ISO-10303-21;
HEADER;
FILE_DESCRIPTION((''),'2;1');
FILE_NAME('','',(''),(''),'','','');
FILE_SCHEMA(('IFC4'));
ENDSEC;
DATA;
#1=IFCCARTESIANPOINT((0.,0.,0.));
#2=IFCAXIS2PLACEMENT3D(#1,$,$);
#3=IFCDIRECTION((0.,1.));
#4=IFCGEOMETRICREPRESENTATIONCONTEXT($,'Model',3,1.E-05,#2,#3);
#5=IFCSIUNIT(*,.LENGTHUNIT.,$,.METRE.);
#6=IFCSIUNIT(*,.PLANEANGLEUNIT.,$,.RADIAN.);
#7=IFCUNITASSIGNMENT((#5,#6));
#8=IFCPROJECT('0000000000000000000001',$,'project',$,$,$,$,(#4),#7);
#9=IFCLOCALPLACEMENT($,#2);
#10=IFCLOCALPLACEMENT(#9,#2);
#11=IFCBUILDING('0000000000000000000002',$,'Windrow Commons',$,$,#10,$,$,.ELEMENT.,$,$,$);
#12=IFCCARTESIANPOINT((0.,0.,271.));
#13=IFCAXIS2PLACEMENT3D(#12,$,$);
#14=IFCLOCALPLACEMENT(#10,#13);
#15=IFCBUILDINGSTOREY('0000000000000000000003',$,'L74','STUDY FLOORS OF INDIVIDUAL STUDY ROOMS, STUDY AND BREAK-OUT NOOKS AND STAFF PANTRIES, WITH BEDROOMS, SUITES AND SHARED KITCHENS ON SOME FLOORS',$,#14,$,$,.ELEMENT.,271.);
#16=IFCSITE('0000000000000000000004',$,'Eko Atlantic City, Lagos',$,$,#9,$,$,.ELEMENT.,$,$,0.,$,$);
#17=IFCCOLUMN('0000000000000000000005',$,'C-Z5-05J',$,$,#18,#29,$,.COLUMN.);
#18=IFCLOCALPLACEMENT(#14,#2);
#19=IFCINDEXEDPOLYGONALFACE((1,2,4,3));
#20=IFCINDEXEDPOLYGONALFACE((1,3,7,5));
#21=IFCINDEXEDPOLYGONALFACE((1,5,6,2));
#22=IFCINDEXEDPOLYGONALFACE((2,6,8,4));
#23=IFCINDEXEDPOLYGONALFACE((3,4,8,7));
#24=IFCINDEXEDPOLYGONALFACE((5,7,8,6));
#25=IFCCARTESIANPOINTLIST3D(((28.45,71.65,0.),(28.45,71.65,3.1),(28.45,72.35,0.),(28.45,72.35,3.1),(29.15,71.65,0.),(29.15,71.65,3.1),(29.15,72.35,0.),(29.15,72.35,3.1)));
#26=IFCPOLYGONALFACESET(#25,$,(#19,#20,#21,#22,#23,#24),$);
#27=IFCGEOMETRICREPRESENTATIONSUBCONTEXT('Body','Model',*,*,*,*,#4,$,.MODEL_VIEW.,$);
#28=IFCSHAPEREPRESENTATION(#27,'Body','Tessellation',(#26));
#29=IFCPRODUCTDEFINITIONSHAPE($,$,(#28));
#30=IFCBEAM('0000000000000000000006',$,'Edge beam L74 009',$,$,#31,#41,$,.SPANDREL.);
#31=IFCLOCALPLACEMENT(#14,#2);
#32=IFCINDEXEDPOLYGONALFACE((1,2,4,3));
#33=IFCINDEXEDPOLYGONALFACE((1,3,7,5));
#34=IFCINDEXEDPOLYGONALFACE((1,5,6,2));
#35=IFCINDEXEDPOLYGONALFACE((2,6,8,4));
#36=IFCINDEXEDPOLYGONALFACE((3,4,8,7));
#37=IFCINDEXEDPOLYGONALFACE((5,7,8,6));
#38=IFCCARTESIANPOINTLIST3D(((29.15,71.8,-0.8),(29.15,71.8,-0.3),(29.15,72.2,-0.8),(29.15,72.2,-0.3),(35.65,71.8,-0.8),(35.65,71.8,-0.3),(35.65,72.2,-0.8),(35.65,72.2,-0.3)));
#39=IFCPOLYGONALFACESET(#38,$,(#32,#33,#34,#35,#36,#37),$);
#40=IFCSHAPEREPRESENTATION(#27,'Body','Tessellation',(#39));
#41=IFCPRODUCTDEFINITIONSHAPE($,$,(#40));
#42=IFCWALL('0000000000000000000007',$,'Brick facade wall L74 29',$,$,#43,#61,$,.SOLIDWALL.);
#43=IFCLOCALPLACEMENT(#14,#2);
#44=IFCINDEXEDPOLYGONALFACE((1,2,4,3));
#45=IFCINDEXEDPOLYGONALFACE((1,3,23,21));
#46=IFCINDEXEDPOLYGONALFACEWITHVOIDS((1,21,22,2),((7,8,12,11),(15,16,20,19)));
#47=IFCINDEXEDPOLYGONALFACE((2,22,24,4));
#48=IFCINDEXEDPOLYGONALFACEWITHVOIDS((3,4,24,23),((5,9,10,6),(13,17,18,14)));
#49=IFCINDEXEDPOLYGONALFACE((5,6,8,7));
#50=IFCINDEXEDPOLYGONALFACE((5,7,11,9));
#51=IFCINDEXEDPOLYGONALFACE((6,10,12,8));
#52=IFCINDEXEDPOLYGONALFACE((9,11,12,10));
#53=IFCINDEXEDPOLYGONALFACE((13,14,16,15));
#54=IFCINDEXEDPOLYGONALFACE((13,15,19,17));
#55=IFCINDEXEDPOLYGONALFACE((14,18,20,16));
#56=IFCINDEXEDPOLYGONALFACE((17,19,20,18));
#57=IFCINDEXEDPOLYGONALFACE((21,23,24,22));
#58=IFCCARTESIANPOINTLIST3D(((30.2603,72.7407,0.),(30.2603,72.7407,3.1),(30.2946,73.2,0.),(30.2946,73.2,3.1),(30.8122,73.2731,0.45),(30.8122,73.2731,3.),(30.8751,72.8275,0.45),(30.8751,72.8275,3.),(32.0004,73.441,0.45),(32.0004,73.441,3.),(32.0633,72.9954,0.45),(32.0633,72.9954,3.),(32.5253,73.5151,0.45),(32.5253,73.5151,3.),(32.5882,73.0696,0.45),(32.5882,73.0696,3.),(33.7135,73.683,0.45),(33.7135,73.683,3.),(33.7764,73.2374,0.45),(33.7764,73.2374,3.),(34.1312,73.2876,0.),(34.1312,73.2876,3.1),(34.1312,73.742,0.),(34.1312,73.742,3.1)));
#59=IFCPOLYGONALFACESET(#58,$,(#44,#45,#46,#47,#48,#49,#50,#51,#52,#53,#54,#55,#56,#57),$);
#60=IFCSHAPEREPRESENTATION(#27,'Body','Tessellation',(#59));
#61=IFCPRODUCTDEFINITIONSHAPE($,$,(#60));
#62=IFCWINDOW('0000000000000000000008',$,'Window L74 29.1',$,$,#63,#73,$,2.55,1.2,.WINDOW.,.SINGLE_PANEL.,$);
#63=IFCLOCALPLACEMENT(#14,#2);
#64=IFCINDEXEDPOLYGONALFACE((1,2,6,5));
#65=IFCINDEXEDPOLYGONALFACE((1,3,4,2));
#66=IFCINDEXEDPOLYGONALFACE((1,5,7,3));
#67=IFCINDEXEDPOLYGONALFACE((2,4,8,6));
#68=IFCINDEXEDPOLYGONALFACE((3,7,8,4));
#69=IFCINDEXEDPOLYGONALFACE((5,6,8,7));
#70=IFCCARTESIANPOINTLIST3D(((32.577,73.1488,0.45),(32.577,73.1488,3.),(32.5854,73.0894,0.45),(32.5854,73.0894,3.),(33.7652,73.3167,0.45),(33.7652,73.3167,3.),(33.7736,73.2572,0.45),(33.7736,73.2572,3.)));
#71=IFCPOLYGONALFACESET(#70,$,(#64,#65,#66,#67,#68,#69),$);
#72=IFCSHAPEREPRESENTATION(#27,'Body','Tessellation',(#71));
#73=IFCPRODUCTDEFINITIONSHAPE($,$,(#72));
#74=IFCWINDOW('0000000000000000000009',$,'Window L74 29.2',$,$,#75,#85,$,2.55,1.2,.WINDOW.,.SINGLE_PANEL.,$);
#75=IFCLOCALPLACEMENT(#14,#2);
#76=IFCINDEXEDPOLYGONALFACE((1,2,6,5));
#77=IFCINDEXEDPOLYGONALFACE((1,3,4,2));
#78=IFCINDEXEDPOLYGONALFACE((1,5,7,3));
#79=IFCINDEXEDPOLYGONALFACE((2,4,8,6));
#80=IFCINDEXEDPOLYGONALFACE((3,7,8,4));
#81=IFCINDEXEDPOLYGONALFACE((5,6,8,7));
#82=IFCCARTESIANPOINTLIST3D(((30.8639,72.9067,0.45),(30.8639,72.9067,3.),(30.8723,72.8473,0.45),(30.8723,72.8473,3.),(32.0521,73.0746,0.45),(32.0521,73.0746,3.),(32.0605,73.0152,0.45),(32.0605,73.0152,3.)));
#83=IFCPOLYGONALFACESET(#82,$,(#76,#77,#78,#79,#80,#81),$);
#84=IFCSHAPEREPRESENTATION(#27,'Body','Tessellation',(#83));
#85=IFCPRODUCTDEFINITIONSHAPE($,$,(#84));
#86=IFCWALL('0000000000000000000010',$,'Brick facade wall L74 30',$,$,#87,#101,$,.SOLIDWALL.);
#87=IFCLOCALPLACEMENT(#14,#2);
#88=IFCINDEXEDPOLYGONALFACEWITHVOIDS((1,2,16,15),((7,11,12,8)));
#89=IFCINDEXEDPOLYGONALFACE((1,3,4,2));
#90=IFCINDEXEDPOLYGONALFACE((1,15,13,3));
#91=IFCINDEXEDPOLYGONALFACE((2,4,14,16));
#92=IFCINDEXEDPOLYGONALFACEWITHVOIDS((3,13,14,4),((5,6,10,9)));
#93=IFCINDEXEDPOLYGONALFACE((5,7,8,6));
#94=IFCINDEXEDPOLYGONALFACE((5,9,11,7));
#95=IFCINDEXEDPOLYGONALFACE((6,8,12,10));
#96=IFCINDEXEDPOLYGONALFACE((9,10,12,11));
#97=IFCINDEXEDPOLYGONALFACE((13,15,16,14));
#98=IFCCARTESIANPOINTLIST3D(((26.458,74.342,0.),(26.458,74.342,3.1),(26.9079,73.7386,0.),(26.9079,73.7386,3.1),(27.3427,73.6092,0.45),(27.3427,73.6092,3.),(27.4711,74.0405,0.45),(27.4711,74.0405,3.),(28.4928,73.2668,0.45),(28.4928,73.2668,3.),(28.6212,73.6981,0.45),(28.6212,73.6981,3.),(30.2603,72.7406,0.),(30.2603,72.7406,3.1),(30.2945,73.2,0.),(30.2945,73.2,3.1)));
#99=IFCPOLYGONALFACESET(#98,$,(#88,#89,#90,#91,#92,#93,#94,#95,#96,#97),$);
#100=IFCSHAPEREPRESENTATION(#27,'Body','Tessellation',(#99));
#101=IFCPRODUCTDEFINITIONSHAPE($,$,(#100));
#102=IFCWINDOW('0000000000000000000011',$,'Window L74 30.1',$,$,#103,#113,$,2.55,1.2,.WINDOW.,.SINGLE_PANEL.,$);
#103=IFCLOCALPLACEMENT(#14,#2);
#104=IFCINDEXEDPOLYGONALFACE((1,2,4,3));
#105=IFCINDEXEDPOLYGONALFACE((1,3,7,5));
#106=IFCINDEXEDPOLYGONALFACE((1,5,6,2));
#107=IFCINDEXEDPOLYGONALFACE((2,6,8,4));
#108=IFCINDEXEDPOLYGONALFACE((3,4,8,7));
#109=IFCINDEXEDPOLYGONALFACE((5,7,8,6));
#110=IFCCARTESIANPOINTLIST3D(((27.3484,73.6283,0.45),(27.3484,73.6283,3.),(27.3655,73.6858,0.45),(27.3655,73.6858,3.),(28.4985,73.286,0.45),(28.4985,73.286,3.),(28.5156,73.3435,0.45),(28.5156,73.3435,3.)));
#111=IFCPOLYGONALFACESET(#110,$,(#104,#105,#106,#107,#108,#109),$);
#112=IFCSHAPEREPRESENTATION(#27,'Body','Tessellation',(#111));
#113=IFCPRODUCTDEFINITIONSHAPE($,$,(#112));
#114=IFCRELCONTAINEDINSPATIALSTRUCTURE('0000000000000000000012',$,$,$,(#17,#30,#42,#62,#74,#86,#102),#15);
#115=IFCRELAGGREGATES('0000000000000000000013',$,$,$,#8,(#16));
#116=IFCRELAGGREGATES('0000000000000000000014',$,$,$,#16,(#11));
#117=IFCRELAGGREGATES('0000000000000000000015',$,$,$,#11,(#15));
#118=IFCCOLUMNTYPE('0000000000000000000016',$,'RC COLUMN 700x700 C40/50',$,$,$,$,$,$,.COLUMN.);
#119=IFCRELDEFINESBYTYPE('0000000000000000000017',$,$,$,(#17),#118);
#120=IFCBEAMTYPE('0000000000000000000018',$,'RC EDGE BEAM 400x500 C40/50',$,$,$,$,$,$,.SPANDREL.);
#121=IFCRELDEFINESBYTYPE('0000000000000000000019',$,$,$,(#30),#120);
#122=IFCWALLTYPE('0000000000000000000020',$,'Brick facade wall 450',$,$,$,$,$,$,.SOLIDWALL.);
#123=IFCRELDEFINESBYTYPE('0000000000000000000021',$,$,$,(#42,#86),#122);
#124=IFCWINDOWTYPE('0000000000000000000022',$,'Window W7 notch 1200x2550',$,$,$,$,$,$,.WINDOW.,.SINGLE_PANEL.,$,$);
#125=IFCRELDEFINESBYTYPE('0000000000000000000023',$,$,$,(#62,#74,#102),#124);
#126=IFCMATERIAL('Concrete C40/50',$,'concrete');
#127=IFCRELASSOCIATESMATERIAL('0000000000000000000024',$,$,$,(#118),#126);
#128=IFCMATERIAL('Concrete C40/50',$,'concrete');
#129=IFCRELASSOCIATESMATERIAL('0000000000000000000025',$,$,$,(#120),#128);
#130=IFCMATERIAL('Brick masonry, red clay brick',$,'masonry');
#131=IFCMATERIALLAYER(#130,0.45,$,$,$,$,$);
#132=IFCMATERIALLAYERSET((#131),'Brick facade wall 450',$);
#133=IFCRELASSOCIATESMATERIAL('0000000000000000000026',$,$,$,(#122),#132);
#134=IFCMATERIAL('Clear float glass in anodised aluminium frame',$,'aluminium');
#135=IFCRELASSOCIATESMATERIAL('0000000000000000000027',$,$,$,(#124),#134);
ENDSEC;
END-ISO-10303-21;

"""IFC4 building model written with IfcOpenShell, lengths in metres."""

from ifc_helpers import new_model, si_unit, direction, frame, frame_2d, origin, origin_2d, place, context, subcontext, project, spatial, polyline, rectangle, outline, extrude, material, layer, layer_set, material_profile, profile_set, type_object, element, fill, save


model = new_model("IFC4")

# Units and contexts
model_context = context("Model", 3, precision=1e-05, world=origin(), true_north=direction((0.0, 1.0)))
body_context = subcontext(model_context, "Body", "Model", "MODEL_VIEW")
ifc_project = project(units=[si_unit("LENGTHUNIT", "METRE"), si_unit("PLANEANGLEUNIT", "RADIAN")], contexts=[model_context])

# Site, building, storey
site_placement = place(None, origin())
site = spatial("IfcSite", under=ifc_project, at=site_placement, Name="Eko Atlantic City, Lagos", CompositionType="ELEMENT", RefElevation=0.0)
building_placement = place(site_placement, origin())
building = spatial("IfcBuilding", under=site, at=building_placement, Name="Windrow Commons", CompositionType="ELEMENT")
storey_placement = place(building_placement, frame((0.0, 0.0, 271.0)))
storey = spatial("IfcBuildingStorey", under=building, at=storey_placement, Name="L74", Description="STUDY FLOORS OF INDIVIDUAL STUDY ROOMS, STUDY AND BREAK-OUT NOOKS AND STAFF PANTRIES, WITH BEDROOMS, SUITES AND SHARED KITCHENS ON SOME FLOORS", CompositionType="ELEMENT", Elevation=271.0)

# Column
ifc_material_1 = material(Name="Concrete C40/50", Category="concrete")
ifc_material_profile_1 = material_profile(ifc_material_1, rectangle(XDim=0.7, YDim=0.7, at=origin_2d()))
ifc_profile_set_1 = profile_set([ifc_material_profile_1], Name="Concrete C40/50")
column_type = type_object("IfcColumnType", Name="RC COLUMN 700x700 C40/50", PredefinedType="COLUMN", material=ifc_profile_set_1)
column_placement = place(storey_placement, frame((28.8, 72.0, 0.0), z_axis=(0.0, 0.0, 1.0), x_axis=(1.0, 0.0, 0.0)))
element("IfcColumn", 1, at=column_placement, inside=storey, type_object=column_type, Name="C-Z5-05J", PredefinedType="COLUMN", context=body_context, shape_type="SweptSolid", body=[
    extrude(rectangle(XDim=0.7, YDim=0.7, at=origin_2d()), origin(), (0.0, 0.0, 1.0), 3.1),
])

# Beam
ifc_material_2 = material(Name="Concrete C40/50", Category="concrete")
ifc_material_profile_2 = material_profile(ifc_material_2, rectangle(XDim=0.4, YDim=0.5, at=origin_2d()))
ifc_profile_set_2 = profile_set([ifc_material_profile_2], Name="Concrete C40/50")
beam_type = type_object("IfcBeamType", Name="RC EDGE BEAM 400x500 C40/50", PredefinedType="SPANDREL", material=ifc_profile_set_2)
beam_placement = place(storey_placement, frame((29.15, 72.0, -0.55), z_axis=(1.0, 0.0, 0.0), x_axis=(0.0, 1.0, 0.0)))
element("IfcBeam", 2, at=beam_placement, inside=storey, type_object=beam_type, Name="Edge beam L74 009", PredefinedType="SPANDREL", context=body_context, shape_type="SweptSolid", body=[
    extrude(rectangle(XDim=0.4, YDim=0.5, at=origin_2d()), origin(), (0.0, 0.0, 1.0), 6.5),
])

# Wall, openings, windows
ifc_material_3 = material(Name="Brick masonry, red clay brick", Category="masonry")
ifc_layer_1 = layer(ifc_material_3, 0.45)
ifc_layer_set_1 = layer_set([ifc_layer_1], Name="Brick facade wall 450")
wall_type_1 = type_object("IfcWallType", Name="Brick facade wall 450", PredefinedType="SOLIDWALL", material=ifc_layer_set_1)
wall_1_placement = place(storey_placement, frame((34.1312, 73.5148, 0.0), z_axis=(0.0, 0.0, 1.0), x_axis=(-0.990166, -0.1399, 0.0)))
wall_1 = element("IfcWall", 3, at=wall_1_placement, inside=storey, type_object=wall_type_1, Name="Brick facade wall L74 29", PredefinedType="SOLIDWALL", context=body_context, shape_type="SweptSolid", body=[
    extrude(outline(polyline([(-0.0318, -0.225), (3.8429, -0.225), (3.9411, 0.225), (0.0318, 0.225), (-0.0318, -0.225)])), origin(), (0.0, 0.0, 1.0), 3.1),
])
opening_1_placement = place(wall_1_placement, frame((0.3901, 0.0, 0.45)))
opening_1 = element("IfcOpeningElement", 4, at=opening_1_placement, cuts=wall_1, PredefinedType="OPENING", context=body_context, shape_type="SweptSolid", body=[
    extrude(rectangle(XDim=1.2, YDim=2.55, at=frame_2d((0.6, 1.275))), frame((0.0, 0.235, 0.0), z_axis=(0.0, -1.0, 0.0), x_axis=(1.0, 0.0, 0.0)), (0.0, 0.0, 1.0), 0.47),
])
opening_2_placement = place(wall_1_placement, frame((2.1202, 0.0, 0.45)))
opening_2 = element("IfcOpeningElement", 5, at=opening_2_placement, cuts=wall_1, PredefinedType="OPENING", context=body_context, shape_type="SweptSolid", body=[
    extrude(rectangle(XDim=1.2, YDim=2.55, at=frame_2d((0.6, 1.275))), frame((0.0, 0.235, 0.0), z_axis=(0.0, -1.0, 0.0), x_axis=(1.0, 0.0, 0.0)), (0.0, 0.0, 1.0), 0.47),
])
ifc_material_4 = material(Name="Clear float glass in anodised aluminium frame", Category="aluminium")
window_type_1 = type_object("IfcWindowType", Name="Window W7 notch 1200x2550", PartitioningType="SINGLE_PANEL", PredefinedType="WINDOW", material=ifc_material_4)
window_1_placement = place(opening_1_placement, origin())
window_1 = element("IfcWindow", 6, at=window_1_placement, inside=storey, type_object=window_type_1, Name="Window L74 29.1", OverallHeight=2.55, OverallWidth=1.2, PartitioningType="SINGLE_PANEL", PredefinedType="WINDOW", context=body_context, shape_type="SweptSolid", body=[
    extrude(rectangle(XDim=1.2, YDim=2.55, at=frame_2d((0.6, 1.275))), frame((0.0, 0.205, 0.0), z_axis=(0.0, -1.0, 0.0), x_axis=(1.0, 0.0, 0.0)), (0.0, 0.0, 1.0), 0.06),
])
fill(opening_1, window_1)
window_2_placement = place(opening_2_placement, origin())
window_2 = element("IfcWindow", 7, at=window_2_placement, inside=storey, type_object=window_type_1, Name="Window L74 29.2", OverallHeight=2.55, OverallWidth=1.2, PartitioningType="SINGLE_PANEL", PredefinedType="WINDOW", context=body_context, shape_type="SweptSolid", body=[
    extrude(rectangle(XDim=1.2, YDim=2.55, at=frame_2d((0.6, 1.275))), frame((0.0, 0.205, 0.0), z_axis=(0.0, -1.0, 0.0), x_axis=(1.0, 0.0, 0.0)), (0.0, 0.0, 1.0), 0.06),
])
fill(opening_2, window_2)

# Wall, opening, window
wall_2_placement = place(storey_placement, frame((30.2774, 72.9703, 0.0), z_axis=(0.0, 0.0, 1.0), x_axis=(-0.958435, 0.285312, 0.0)))
wall_2 = element("IfcWall", 8, at=wall_2_placement, inside=storey, type_object=wall_type_1, Name="Brick facade wall L74 30", PredefinedType="SOLIDWALL", context=body_context, shape_type="SweptSolid", body=[
    extrude(outline(polyline([(0.0491, -0.225), (4.052, -0.225), (3.4486, 0.225), (-0.0491, 0.225), (0.0491, -0.225)])), origin(), (0.0, 0.0, 1.0), 3.1),
])
opening_3_placement = place(wall_2_placement, frame((1.795, 0.0, 0.45)))
opening_3 = element("IfcOpeningElement", 9, at=opening_3_placement, cuts=wall_2, PredefinedType="OPENING", context=body_context, shape_type="SweptSolid", body=[
    extrude(rectangle(XDim=1.2, YDim=2.55, at=frame_2d((0.6, 1.275))), frame((0.0, 0.235, 0.0), z_axis=(0.0, -1.0, 0.0), x_axis=(1.0, 0.0, 0.0)), (0.0, 0.0, 1.0), 0.47),
])
window_3_placement = place(opening_3_placement, origin())
window_3 = element("IfcWindow", 10, at=window_3_placement, inside=storey, type_object=window_type_1, Name="Window L74 30.1", OverallHeight=2.55, OverallWidth=1.2, PartitioningType="SINGLE_PANEL", PredefinedType="WINDOW", context=body_context, shape_type="SweptSolid", body=[
    extrude(rectangle(XDim=1.2, YDim=2.55, at=frame_2d((0.6, 1.275))), frame((0.0, 0.205, 0.0), z_axis=(0.0, -1.0, 0.0), x_axis=(1.0, 0.0, 0.0)), (0.0, 0.0, 1.0), 0.06),
])
fill(opening_3, window_3)

save(model, "model.ifc")
